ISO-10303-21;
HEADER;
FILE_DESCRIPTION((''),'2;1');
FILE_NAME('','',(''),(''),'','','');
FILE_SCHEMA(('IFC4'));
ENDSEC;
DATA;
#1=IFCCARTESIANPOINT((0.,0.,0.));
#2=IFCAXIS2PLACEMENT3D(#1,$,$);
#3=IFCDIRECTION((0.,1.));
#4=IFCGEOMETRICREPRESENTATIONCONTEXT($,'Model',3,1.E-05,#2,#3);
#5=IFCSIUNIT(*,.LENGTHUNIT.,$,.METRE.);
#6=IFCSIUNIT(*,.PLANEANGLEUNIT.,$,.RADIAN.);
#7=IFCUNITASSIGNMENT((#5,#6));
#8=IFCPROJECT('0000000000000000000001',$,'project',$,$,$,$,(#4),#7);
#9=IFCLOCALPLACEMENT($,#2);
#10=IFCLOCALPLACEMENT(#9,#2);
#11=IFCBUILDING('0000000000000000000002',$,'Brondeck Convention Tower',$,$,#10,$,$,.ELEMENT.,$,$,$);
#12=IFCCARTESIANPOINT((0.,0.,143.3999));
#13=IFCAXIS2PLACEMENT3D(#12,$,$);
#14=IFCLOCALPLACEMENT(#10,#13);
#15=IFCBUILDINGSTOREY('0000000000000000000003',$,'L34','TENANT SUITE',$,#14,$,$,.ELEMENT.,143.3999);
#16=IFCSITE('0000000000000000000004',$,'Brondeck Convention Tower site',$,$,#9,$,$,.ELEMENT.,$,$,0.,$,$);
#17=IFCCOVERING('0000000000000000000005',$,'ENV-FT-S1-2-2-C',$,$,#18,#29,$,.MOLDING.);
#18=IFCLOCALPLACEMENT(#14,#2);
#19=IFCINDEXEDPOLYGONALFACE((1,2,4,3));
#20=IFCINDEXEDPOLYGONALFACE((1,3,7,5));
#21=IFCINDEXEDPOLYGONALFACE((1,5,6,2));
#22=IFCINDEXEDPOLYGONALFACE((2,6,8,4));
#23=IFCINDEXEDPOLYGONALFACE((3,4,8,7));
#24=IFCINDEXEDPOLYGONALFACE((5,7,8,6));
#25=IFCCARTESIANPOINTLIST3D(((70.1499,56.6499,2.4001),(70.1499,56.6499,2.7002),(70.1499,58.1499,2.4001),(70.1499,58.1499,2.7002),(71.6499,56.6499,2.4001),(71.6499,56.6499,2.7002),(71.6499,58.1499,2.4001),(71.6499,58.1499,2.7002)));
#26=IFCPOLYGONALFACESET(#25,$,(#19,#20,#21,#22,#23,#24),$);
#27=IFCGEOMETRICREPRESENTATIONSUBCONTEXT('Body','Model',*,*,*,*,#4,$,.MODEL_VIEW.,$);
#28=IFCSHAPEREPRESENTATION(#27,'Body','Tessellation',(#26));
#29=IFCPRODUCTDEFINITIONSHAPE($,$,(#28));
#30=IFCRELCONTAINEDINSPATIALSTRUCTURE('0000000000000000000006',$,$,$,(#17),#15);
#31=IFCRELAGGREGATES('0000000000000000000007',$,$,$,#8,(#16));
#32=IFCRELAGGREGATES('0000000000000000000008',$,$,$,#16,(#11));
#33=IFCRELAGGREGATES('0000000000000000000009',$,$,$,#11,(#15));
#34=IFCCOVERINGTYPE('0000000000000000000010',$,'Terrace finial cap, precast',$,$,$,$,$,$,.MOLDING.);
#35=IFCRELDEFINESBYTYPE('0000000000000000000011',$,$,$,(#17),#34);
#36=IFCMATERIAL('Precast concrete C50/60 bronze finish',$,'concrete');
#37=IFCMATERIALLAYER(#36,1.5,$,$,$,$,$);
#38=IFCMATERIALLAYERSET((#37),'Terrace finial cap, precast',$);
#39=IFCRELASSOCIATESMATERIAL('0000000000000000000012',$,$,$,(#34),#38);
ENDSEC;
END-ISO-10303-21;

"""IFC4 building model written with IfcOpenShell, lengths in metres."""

from ifc_helpers import new_model, si_unit, direction, frame, origin, place, context, subcontext, project, spatial, polyline, outline, extrude, material, layer, layer_set, type_object, element, save


model = new_model("IFC4")

# Units and contexts
model_context = context("Model", 3, precision=1e-05, world=origin(), true_north=direction((0.0, 1.0)))
body_context = subcontext(model_context, "Body", "Model", "MODEL_VIEW")
ifc_project = project(units=[si_unit("LENGTHUNIT", "METRE"), si_unit("PLANEANGLEUNIT", "RADIAN")], contexts=[model_context])

# Site, building, storey
site_placement = place(None, origin())
site = spatial("IfcSite", under=ifc_project, at=site_placement, Name="Brondeck Convention Tower site", CompositionType="ELEMENT", RefElevation=0.0)
building_placement = place(site_placement, origin())
building = spatial("IfcBuilding", under=site, at=building_placement, Name="Brondeck Convention Tower", CompositionType="ELEMENT")
storey_placement = place(building_placement, frame((0.0, 0.0, 143.3999)))
storey = spatial("IfcBuildingStorey", under=building, at=storey_placement, Name="L34", Description="TENANT SUITE", CompositionType="ELEMENT", Elevation=143.3999)

# Shared definitions
ifc_material_1 = material(Name="Precast concrete C50/60 bronze finish", Category="concrete")

# Covering
ifc_layer_1 = layer(ifc_material_1, 1.5)
ifc_layer_set_1 = layer_set([ifc_layer_1], Name="Terrace finial cap, precast")
covering_type = type_object("IfcCoveringType", Name="Terrace finial cap, precast", PredefinedType="MOLDING", material=ifc_layer_set_1)
covering_1_placement = place(storey_placement, frame((0.0, 0.0, 2.4001)))
element("IfcCovering", 1, at=covering_1_placement, inside=storey, type_object=covering_type, Name="ENV-FT-S1-2-2-C", PredefinedType="MOLDING", context=body_context, shape_type="SweptSolid", body=[
    extrude(outline(polyline([(71.6499, 56.6499), (71.6499, 58.1499), (70.1499, 58.1499), (70.1499, 56.6499), (71.6499, 56.6499)])), origin(), (0.0, 0.0, 1.0), 0.3),
])

save(model, "model.ifc")
